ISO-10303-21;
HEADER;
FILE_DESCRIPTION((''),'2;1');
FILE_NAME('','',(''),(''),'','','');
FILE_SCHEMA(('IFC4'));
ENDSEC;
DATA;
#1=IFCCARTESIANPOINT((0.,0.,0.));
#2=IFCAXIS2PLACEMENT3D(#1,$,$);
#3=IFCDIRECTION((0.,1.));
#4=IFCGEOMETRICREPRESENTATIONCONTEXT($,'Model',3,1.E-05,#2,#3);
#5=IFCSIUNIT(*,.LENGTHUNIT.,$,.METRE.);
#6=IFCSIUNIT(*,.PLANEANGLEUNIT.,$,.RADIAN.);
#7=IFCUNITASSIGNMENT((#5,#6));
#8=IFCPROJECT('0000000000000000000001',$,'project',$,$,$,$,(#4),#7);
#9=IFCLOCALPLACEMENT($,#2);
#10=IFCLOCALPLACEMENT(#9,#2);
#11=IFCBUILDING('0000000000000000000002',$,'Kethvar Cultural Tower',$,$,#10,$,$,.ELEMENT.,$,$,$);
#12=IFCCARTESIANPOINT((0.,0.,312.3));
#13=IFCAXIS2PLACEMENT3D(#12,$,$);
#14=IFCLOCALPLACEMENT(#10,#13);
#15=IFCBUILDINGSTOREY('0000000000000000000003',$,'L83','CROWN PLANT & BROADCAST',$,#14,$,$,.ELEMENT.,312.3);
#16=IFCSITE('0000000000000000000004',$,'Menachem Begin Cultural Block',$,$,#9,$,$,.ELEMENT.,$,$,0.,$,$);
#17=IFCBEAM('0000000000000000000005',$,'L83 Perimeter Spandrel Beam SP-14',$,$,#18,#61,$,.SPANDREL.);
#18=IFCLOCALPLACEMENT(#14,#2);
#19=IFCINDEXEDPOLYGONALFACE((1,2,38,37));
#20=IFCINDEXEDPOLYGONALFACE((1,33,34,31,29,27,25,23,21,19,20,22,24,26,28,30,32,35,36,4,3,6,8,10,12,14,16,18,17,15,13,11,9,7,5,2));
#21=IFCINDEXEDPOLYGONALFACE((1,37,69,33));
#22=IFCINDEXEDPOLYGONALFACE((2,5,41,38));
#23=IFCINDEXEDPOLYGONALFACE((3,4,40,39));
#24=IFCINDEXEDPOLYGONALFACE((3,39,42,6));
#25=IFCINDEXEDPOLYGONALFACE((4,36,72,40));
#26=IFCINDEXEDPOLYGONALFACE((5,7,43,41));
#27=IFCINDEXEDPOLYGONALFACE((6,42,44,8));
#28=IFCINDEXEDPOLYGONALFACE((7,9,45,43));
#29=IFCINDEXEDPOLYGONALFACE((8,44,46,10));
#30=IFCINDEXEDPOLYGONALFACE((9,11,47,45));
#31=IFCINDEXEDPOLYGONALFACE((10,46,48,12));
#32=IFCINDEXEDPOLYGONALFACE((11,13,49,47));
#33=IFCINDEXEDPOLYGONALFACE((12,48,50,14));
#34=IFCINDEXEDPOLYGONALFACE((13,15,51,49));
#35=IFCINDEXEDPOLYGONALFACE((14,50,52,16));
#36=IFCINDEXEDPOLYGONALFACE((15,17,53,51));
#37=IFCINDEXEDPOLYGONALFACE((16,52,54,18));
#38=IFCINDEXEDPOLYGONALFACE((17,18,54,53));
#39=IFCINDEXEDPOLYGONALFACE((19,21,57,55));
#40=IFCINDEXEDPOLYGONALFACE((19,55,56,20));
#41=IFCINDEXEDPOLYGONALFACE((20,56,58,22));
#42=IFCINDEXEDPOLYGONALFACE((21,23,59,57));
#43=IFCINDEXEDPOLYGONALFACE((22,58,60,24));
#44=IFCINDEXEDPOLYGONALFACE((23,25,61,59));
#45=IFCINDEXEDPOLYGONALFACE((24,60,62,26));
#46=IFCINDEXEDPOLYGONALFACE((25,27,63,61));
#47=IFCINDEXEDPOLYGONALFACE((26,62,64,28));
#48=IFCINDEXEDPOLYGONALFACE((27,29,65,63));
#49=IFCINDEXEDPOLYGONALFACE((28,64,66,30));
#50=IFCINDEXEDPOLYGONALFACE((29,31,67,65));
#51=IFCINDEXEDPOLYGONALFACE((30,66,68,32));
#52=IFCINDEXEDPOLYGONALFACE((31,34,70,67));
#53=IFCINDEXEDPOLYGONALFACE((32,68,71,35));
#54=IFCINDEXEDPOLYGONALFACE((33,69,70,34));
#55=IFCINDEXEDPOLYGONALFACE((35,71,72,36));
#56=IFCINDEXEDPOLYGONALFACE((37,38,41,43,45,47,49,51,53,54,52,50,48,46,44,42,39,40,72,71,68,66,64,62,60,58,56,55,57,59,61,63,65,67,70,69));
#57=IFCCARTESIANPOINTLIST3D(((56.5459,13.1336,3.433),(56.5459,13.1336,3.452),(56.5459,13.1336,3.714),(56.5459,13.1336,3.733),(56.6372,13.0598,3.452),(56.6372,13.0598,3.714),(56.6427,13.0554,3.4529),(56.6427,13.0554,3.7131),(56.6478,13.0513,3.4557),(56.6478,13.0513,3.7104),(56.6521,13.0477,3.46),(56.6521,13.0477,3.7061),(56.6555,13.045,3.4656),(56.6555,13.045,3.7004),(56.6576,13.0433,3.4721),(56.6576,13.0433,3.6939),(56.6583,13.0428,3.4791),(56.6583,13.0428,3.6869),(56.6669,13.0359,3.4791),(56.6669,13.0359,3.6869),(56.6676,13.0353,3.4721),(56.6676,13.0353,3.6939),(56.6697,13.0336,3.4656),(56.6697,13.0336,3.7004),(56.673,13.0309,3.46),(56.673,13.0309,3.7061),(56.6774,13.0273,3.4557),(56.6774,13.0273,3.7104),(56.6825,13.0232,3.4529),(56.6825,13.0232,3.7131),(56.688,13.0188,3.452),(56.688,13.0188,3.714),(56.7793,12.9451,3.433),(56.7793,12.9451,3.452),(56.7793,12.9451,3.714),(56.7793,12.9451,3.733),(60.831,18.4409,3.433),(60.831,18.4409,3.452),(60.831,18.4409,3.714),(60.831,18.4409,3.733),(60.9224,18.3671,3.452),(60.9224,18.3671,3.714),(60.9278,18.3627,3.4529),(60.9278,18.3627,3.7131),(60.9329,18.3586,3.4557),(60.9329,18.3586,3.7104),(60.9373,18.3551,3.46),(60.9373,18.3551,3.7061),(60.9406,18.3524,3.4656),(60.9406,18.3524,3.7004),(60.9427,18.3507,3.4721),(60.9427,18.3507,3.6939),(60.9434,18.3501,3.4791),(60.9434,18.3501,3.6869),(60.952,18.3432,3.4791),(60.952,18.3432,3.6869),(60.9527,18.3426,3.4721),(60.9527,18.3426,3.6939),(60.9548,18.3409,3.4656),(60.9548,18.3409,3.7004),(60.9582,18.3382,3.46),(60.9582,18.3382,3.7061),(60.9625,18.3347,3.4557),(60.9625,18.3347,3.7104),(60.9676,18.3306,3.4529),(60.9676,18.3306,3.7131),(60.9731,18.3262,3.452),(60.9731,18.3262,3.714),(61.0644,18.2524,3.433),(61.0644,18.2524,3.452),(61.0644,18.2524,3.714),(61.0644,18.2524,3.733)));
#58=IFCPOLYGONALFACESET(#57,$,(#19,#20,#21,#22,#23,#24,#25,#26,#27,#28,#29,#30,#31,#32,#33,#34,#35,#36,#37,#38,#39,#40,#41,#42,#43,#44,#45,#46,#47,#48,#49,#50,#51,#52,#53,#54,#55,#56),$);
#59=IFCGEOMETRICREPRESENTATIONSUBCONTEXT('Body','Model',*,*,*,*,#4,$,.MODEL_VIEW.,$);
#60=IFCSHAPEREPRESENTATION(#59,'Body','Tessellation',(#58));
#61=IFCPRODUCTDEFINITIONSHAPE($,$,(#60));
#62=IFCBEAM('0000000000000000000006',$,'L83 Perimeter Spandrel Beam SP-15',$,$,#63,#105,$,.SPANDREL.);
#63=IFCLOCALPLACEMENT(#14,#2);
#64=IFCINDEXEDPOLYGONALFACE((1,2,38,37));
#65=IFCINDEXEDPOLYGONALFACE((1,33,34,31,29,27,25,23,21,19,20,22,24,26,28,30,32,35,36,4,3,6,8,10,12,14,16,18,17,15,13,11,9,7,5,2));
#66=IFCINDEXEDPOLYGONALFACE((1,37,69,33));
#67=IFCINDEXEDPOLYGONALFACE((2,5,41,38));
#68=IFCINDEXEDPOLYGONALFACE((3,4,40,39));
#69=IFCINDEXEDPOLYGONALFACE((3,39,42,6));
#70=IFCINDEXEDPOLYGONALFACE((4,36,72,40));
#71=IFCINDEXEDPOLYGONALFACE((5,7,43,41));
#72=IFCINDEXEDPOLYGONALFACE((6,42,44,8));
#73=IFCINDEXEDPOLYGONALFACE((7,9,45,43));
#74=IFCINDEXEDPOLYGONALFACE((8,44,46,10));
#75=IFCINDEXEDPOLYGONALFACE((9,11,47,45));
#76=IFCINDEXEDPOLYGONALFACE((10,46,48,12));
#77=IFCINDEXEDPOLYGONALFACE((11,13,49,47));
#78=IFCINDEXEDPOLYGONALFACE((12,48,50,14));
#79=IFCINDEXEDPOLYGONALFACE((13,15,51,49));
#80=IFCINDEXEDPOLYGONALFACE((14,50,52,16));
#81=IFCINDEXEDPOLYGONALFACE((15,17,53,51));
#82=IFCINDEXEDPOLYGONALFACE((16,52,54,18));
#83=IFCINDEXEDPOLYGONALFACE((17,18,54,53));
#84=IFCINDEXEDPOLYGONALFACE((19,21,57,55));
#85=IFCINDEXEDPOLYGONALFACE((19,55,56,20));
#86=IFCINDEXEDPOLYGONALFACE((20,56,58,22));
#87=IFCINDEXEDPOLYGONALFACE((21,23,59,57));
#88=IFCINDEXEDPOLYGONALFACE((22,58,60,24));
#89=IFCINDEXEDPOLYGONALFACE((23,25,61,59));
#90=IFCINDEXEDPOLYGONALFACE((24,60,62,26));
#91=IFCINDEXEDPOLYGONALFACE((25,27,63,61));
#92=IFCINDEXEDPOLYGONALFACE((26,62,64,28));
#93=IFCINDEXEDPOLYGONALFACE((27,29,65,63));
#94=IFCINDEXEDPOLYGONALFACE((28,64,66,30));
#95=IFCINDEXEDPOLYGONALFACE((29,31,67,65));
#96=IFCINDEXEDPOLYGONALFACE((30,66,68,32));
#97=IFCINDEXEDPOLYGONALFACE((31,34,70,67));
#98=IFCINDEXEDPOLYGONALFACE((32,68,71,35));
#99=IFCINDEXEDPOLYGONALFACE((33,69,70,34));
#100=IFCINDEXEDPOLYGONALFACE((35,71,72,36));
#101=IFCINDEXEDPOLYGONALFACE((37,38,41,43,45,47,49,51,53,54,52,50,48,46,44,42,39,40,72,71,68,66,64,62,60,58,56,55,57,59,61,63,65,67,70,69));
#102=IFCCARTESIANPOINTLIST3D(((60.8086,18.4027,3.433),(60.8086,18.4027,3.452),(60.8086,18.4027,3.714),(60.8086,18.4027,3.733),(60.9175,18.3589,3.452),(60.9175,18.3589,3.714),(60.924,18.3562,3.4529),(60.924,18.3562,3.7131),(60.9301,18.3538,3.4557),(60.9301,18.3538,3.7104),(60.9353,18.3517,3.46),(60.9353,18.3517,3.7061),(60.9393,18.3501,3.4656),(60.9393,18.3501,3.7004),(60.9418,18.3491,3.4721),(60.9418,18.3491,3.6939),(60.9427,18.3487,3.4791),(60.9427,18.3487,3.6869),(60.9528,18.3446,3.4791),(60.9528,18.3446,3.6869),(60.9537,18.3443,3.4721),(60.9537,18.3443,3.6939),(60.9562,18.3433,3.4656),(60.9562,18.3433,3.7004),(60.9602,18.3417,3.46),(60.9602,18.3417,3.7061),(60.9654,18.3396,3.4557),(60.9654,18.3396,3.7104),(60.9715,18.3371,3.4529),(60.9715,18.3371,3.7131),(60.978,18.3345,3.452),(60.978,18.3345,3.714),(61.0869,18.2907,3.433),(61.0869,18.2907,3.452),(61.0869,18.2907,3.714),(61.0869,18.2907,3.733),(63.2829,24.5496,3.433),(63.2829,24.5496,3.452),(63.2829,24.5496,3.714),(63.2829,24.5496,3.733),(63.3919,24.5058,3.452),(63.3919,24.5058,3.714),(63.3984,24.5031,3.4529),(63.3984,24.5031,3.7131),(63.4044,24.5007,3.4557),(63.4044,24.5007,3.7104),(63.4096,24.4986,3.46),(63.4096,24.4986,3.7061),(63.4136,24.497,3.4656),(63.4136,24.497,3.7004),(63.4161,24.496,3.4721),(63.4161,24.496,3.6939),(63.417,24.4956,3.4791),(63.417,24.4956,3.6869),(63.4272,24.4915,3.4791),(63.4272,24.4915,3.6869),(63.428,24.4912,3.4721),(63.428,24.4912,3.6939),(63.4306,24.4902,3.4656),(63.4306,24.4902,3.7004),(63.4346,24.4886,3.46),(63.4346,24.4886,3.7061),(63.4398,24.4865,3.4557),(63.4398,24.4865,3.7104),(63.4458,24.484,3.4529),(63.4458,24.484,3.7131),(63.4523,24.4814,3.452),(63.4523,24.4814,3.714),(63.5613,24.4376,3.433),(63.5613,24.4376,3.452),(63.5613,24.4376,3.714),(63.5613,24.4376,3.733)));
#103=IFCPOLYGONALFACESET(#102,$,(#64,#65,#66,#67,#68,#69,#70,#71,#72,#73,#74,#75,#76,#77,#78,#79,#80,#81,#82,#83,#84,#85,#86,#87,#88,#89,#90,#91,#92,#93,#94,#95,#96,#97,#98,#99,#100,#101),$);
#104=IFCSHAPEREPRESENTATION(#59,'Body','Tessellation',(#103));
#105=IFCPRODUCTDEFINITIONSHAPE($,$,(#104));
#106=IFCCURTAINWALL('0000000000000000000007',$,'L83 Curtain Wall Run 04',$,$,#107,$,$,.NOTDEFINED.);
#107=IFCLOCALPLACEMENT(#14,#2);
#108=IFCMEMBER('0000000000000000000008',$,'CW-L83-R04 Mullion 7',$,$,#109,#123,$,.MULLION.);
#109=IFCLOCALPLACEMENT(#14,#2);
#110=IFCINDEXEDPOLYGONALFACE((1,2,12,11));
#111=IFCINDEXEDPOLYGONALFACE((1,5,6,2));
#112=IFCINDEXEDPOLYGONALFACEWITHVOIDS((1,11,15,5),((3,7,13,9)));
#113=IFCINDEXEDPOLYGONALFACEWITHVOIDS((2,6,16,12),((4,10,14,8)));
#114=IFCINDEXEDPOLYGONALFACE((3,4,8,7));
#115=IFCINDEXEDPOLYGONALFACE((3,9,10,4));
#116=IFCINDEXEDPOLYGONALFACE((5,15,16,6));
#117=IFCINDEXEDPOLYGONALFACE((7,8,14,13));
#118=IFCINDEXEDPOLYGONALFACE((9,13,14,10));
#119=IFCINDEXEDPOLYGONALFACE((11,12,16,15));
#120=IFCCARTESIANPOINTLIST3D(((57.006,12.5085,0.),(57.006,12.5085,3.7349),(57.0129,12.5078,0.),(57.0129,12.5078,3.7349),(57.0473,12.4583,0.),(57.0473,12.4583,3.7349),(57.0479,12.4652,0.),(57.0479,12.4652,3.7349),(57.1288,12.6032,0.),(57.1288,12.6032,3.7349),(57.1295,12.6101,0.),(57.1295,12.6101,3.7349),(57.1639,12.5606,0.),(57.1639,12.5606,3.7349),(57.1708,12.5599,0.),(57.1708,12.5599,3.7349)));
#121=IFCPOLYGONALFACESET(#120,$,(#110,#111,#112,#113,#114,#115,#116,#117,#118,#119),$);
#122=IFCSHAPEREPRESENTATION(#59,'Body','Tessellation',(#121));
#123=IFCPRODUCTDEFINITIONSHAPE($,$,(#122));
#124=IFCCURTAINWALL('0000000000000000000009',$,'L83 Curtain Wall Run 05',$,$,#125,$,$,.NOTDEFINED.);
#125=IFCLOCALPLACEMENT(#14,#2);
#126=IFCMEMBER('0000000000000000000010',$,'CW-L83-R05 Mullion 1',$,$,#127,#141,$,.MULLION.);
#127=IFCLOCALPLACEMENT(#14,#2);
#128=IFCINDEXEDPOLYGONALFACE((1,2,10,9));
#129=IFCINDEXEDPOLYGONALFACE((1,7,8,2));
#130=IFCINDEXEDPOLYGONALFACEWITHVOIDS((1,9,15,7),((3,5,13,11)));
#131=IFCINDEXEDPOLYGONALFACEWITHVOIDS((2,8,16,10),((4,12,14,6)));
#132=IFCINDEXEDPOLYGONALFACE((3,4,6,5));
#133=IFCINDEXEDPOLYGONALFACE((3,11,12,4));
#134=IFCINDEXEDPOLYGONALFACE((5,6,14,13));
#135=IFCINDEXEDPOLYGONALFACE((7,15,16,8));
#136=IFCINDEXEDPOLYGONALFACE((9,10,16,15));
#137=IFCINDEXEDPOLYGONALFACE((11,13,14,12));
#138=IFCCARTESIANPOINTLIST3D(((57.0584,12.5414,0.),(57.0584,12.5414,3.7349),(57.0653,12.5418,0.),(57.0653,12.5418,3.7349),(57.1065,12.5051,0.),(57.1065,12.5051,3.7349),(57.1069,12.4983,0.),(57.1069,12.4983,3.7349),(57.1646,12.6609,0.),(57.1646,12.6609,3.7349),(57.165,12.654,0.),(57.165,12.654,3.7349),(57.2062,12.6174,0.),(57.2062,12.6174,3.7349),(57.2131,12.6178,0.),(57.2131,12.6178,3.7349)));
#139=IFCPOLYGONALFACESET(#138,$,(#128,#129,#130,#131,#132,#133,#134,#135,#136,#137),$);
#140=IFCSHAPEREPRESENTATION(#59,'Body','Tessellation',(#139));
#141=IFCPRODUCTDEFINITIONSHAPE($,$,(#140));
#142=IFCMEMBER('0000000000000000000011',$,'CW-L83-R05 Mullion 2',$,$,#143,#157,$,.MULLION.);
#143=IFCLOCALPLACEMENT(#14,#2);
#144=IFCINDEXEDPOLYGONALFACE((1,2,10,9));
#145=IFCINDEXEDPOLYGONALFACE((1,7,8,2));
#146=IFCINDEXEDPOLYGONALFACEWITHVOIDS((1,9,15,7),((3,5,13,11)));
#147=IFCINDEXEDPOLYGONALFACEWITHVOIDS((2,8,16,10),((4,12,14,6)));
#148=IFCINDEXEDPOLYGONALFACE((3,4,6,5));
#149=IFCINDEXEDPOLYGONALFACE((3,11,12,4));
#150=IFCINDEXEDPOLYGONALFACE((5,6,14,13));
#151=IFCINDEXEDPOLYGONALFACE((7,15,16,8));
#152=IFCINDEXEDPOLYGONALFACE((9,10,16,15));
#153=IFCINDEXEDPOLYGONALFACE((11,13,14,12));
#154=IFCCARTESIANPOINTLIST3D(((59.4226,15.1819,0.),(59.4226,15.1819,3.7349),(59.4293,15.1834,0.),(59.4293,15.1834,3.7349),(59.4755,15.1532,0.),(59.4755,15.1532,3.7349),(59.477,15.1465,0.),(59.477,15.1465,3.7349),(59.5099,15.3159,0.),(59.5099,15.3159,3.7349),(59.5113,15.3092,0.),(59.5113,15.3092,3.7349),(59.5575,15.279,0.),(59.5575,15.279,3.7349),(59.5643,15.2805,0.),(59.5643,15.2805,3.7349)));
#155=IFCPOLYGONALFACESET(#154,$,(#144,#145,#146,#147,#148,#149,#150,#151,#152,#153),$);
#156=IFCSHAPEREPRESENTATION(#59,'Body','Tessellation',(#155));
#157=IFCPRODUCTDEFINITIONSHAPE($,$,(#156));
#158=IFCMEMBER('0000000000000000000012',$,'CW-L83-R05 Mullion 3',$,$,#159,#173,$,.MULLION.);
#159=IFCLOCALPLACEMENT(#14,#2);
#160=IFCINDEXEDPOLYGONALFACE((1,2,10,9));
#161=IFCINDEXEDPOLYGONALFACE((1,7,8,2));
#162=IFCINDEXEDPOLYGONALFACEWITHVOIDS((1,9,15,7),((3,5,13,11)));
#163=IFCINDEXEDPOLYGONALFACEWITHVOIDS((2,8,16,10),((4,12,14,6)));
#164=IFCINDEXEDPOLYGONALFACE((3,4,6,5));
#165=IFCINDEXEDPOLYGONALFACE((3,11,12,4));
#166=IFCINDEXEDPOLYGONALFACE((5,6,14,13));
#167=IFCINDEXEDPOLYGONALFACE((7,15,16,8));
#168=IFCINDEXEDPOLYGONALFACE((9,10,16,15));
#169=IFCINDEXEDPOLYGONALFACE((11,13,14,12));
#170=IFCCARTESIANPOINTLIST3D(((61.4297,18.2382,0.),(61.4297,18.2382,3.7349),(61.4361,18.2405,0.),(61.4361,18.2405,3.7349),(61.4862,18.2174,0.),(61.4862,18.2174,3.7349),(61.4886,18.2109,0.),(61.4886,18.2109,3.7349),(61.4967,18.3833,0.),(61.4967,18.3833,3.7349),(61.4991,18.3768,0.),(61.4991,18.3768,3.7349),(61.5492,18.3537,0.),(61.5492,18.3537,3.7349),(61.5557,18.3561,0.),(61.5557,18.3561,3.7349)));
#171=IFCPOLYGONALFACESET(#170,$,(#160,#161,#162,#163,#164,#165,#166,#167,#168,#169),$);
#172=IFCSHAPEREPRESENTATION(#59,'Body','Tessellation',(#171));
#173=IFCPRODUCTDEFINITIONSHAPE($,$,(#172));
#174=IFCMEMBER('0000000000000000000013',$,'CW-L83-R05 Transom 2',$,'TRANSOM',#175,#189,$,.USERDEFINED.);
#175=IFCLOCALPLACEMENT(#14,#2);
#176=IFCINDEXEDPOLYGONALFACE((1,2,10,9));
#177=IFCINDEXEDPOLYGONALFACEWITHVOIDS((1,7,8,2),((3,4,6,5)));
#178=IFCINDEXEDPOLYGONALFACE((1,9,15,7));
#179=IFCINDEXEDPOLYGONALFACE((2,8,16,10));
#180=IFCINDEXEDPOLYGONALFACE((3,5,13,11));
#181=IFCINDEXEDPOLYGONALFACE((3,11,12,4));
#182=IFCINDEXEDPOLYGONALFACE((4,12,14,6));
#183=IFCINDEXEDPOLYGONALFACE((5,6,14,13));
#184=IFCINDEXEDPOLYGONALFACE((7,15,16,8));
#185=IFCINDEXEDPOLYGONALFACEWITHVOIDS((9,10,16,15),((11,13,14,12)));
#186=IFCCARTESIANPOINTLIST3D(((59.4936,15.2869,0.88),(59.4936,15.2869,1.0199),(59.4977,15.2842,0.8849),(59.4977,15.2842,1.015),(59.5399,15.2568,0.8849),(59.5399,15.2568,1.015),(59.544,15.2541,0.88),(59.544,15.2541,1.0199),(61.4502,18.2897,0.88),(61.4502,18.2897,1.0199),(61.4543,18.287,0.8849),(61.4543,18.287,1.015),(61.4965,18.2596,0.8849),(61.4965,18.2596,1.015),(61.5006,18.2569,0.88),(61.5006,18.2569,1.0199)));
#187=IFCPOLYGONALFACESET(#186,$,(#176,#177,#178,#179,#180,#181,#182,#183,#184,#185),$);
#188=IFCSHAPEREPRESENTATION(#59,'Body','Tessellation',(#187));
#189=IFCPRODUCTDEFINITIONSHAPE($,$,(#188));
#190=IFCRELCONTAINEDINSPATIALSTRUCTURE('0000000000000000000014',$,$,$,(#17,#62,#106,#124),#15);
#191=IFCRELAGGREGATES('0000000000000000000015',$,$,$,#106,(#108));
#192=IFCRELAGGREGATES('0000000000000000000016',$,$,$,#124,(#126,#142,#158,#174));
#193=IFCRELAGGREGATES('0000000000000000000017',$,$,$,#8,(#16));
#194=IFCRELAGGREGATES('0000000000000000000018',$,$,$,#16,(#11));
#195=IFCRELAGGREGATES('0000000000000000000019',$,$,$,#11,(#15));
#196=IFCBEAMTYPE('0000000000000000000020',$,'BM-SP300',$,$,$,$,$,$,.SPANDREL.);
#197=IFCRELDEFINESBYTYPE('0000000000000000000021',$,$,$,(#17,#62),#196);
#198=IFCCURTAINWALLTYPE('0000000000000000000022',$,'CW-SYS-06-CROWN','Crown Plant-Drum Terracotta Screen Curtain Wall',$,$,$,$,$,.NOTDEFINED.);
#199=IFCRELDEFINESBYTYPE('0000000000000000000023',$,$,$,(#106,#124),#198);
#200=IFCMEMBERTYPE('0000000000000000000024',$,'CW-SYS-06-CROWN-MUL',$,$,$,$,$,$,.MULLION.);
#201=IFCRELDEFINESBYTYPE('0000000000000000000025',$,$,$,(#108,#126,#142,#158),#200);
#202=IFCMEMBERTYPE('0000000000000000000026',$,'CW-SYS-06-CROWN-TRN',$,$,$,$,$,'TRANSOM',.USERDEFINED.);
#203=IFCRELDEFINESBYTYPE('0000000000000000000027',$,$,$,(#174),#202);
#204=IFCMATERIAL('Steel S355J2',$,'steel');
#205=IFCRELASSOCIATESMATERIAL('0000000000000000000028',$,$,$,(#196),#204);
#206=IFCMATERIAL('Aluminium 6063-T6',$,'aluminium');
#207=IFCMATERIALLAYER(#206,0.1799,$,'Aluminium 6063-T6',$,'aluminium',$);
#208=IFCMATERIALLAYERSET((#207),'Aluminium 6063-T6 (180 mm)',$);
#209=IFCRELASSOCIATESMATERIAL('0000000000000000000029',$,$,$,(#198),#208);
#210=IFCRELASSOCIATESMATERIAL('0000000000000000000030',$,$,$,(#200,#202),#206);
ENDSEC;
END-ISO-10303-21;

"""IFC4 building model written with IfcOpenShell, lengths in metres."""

from ifc_helpers import new_model, si_unit, direction, frame, origin, origin_2d, place, context, subcontext, project, spatial, hollow_rectangle, i_section, extrude, source, transform, mapped, material, layer, layer_set, material_profile, profile_set, type_object, element, aggregate, save


model = new_model("IFC4")

# Units and contexts
model_context = context("Model", 3, precision=1e-05, world=origin(), true_north=direction((0.0, 1.0)))
body_context = subcontext(model_context, "Body", "Model", "MODEL_VIEW")
ifc_project = project(units=[si_unit("LENGTHUNIT", "METRE"), si_unit("PLANEANGLEUNIT", "RADIAN")], contexts=[model_context])

# Site, building, storey
site_placement = place(None, origin())
site = spatial("IfcSite", under=ifc_project, at=site_placement, Name="Menachem Begin Cultural Block", CompositionType="ELEMENT", RefElevation=0.0)
building_placement = place(site_placement, origin())
building = spatial("IfcBuilding", under=site, at=building_placement, Name="Kethvar Cultural Tower", CompositionType="ELEMENT")
storey_placement = place(building_placement, frame((0.0, 0.0, 312.3)))
storey = spatial("IfcBuildingStorey", under=building, at=storey_placement, Name="L83", Description="CROWN PLANT & BROADCAST", CompositionType="ELEMENT", Elevation=312.3)

# Shared definitions
ifc_material_1 = material(Name="Steel S355J2", Category="steel")

# Beams
ifc_material_profile_1 = material_profile(ifc_material_1, i_section(OverallWidth=0.3, OverallDepth=0.3, WebThickness=0.011, FlangeThickness=0.019, FilletRadius=0.0271, at=origin_2d()), Name="Steel S355J2 — HEB300")
ifc_profile_set_1 = profile_set([ifc_material_profile_1], Name="Steel S355J2 — HEB300")
beam_type_1 = type_object("IfcBeamType", Name="BM-SP300", PredefinedType="SPANDREL", material=ifc_profile_set_1)
shared_shape_1 = source(origin(), body_context, "Body", "SweptSolid", [
    extrude(i_section(OverallWidth=0.3, OverallDepth=0.3, WebThickness=0.011, FlangeThickness=0.019, FilletRadius=0.0271, at=origin_2d()), origin(), (0.0, 0.0, 1.0), 6.8213),
])
beam_1_placement = place(storey_placement, frame((56.6626, 13.0393, 3.583), z_axis=(0.628198, 0.778054, 0.0), x_axis=(-0.778054, 0.628198, 0.0)))
element("IfcBeam", 1, at=beam_1_placement, inside=storey, type_object=beam_type_1, Name="L83 Perimeter Spandrel Beam SP-14", PredefinedType="SPANDREL", context=body_context, shape_type="MappedRepresentation", body=[
    mapped(shared_shape_1, transform((0.0, 0.0, 0.0), scale=1.0)),
])
shared_shape_2 = source(origin(), body_context, "Body", "SweptSolid", [
    extrude(i_section(OverallWidth=0.3, OverallDepth=0.3, WebThickness=0.011, FlangeThickness=0.019, FilletRadius=0.0271, at=origin_2d()), origin(), (0.0, 0.0, 1.0), 6.6262),
])
beam_2_placement = place(storey_placement, frame((60.9478, 18.3467, 3.583), z_axis=(0.373416, 0.927664, 0.0), x_axis=(-0.927664, 0.373416, 0.0)))
element("IfcBeam", 2, at=beam_2_placement, inside=storey, type_object=beam_type_1, Name="L83 Perimeter Spandrel Beam SP-15", PredefinedType="SPANDREL", context=body_context, shape_type="MappedRepresentation", body=[
    mapped(shared_shape_2, transform((0.0, 0.0, 0.0), scale=1.0)),
])

# Curtain wall, member
ifc_material_2 = material(Name="Aluminium 6063-T6", Category="aluminium")
ifc_layer_1 = layer(ifc_material_2, 0.1799, Name="Aluminium 6063-T6", Category="aluminium")
ifc_layer_set_1 = layer_set([ifc_layer_1], Name="Aluminium 6063-T6 (180 mm)")
curtain_wall_type = type_object("IfcCurtainWallType", Name="CW-SYS-06-CROWN", Description="Crown Plant-Drum Terracotta Screen Curtain Wall", PredefinedType="NOTDEFINED", material=ifc_layer_set_1)
curtain_wall_1_placement = place(storey_placement, origin())
curtain_wall_1 = element("IfcCurtainWall", 3, at=curtain_wall_1_placement, inside=storey, type_object=curtain_wall_type, Name="L83 Curtain Wall Run 04", PredefinedType="NOTDEFINED")
ifc_material_profile_2 = material_profile(ifc_material_2, hollow_rectangle(XDim=0.0649, YDim=0.1599, WallThickness=0.0049, at=origin_2d()), Name="Aluminium 6063-T6 — RHS160x65x5")
ifc_profile_set_2 = profile_set([ifc_material_profile_2], Name="Aluminium 6063-T6 — RHS160x65x5")
member_type_1 = type_object("IfcMemberType", Name="CW-SYS-06-CROWN-MUL", PredefinedType="MULLION", material=ifc_profile_set_2)
shared_shape_3 = source(origin(), body_context, "Body", "SweptSolid", [
    extrude(hollow_rectangle(XDim=0.0649, YDim=0.1599, WallThickness=0.0049, at=origin_2d()), origin(), (0.0, 0.0, 1.0), 3.7349),
])
member_1_placement = place(storey_placement, frame((57.0884, 12.5342, 0.0), z_axis=(0.0, 0.0, 1.0), x_axis=(-0.63531, 0.772257, 0.0)))
member_1 = element("IfcMember", 4, at=member_1_placement, type_object=member_type_1, Name="CW-L83-R04 Mullion 7", PredefinedType="MULLION", context=body_context, shape_type="MappedRepresentation", body=[
    mapped(shared_shape_3, transform((0.0, 0.0, 0.0), scale=1.0)),
])

# Curtain wall, members
curtain_wall_2_placement = place(storey_placement, origin())
curtain_wall_2 = element("IfcCurtainWall", 5, at=curtain_wall_2_placement, inside=storey, type_object=curtain_wall_type, Name="L83 Curtain Wall Run 05", PredefinedType="NOTDEFINED")
member_2_placement = place(storey_placement, frame((57.1357, 12.5796, 0.0), z_axis=(0.0, 0.0, 1.0), x_axis=(-0.747578, 0.664174, 0.0)))
member_2 = element("IfcMember", 6, at=member_2_placement, type_object=member_type_1, Name="CW-L83-R05 Mullion 1", PredefinedType="MULLION", context=body_context, shape_type="MappedRepresentation", body=[
    mapped(shared_shape_3, transform((0.0, 0.0, 0.0), scale=1.0)),
])
member_3_placement = place(storey_placement, frame((59.4934, 15.2312, 0.0), z_axis=(0.0, 0.0, 1.0), x_axis=(-0.837824, 0.545941, 0.0)))
member_3 = element("IfcMember", 7, at=member_3_placement, type_object=member_type_1, Name="CW-L83-R05 Mullion 2", PredefinedType="MULLION", context=body_context, shape_type="MappedRepresentation", body=[
    mapped(shared_shape_3, transform((0.0, 0.0, 0.0), scale=1.0)),
])
member_4_placement = place(storey_placement, frame((61.4927, 18.2971, 0.0), z_axis=(0.0, 0.0, 1.0), x_axis=(-0.907763, 0.419484, 0.0)))
member_4 = element("IfcMember", 8, at=member_4_placement, type_object=member_type_1, Name="CW-L83-R05 Mullion 3", PredefinedType="MULLION", context=body_context, shape_type="MappedRepresentation", body=[
    mapped(shared_shape_3, transform((0.0, 0.0, 0.0), scale=1.0)),
])
ifc_material_profile_3 = material_profile(ifc_material_2, hollow_rectangle(XDim=0.0601, YDim=0.1399, WallThickness=0.0049, at=origin_2d()), Name="Aluminium 6063-T6 — RHS140x60x5")
ifc_profile_set_3 = profile_set([ifc_material_profile_3], Name="Aluminium 6063-T6 — RHS140x60x5")
member_type_2 = type_object("IfcMemberType", Name="CW-SYS-06-CROWN-TRN", ElementType="TRANSOM", PredefinedType="USERDEFINED", material=ifc_profile_set_3)
shared_shape_4 = source(origin(), body_context, "Body", "SweptSolid", [
    extrude(hollow_rectangle(XDim=0.0601, YDim=0.1399, WallThickness=0.0049, at=origin_2d()), origin(), (0.0, 0.0, 1.0), 3.584),
])
member_5_placement = place(storey_placement, frame((59.5188, 15.2705, 0.95), z_axis=(0.545929, 0.837831, 0.0), x_axis=(-0.837831, 0.545929, 0.0)))
member_5 = element("IfcMember", 9, at=member_5_placement, type_object=member_type_2, Name="CW-L83-R05 Transom 2", ObjectType="TRANSOM", PredefinedType="USERDEFINED", context=body_context, shape_type="MappedRepresentation", body=[
    mapped(shared_shape_4, transform((0.0, 0.0, 0.0), scale=1.0)),
])

aggregate(curtain_wall_1, [member_1])
aggregate(curtain_wall_2, [member_2, member_3, member_4, member_5])

save(model, "model.ifc")
